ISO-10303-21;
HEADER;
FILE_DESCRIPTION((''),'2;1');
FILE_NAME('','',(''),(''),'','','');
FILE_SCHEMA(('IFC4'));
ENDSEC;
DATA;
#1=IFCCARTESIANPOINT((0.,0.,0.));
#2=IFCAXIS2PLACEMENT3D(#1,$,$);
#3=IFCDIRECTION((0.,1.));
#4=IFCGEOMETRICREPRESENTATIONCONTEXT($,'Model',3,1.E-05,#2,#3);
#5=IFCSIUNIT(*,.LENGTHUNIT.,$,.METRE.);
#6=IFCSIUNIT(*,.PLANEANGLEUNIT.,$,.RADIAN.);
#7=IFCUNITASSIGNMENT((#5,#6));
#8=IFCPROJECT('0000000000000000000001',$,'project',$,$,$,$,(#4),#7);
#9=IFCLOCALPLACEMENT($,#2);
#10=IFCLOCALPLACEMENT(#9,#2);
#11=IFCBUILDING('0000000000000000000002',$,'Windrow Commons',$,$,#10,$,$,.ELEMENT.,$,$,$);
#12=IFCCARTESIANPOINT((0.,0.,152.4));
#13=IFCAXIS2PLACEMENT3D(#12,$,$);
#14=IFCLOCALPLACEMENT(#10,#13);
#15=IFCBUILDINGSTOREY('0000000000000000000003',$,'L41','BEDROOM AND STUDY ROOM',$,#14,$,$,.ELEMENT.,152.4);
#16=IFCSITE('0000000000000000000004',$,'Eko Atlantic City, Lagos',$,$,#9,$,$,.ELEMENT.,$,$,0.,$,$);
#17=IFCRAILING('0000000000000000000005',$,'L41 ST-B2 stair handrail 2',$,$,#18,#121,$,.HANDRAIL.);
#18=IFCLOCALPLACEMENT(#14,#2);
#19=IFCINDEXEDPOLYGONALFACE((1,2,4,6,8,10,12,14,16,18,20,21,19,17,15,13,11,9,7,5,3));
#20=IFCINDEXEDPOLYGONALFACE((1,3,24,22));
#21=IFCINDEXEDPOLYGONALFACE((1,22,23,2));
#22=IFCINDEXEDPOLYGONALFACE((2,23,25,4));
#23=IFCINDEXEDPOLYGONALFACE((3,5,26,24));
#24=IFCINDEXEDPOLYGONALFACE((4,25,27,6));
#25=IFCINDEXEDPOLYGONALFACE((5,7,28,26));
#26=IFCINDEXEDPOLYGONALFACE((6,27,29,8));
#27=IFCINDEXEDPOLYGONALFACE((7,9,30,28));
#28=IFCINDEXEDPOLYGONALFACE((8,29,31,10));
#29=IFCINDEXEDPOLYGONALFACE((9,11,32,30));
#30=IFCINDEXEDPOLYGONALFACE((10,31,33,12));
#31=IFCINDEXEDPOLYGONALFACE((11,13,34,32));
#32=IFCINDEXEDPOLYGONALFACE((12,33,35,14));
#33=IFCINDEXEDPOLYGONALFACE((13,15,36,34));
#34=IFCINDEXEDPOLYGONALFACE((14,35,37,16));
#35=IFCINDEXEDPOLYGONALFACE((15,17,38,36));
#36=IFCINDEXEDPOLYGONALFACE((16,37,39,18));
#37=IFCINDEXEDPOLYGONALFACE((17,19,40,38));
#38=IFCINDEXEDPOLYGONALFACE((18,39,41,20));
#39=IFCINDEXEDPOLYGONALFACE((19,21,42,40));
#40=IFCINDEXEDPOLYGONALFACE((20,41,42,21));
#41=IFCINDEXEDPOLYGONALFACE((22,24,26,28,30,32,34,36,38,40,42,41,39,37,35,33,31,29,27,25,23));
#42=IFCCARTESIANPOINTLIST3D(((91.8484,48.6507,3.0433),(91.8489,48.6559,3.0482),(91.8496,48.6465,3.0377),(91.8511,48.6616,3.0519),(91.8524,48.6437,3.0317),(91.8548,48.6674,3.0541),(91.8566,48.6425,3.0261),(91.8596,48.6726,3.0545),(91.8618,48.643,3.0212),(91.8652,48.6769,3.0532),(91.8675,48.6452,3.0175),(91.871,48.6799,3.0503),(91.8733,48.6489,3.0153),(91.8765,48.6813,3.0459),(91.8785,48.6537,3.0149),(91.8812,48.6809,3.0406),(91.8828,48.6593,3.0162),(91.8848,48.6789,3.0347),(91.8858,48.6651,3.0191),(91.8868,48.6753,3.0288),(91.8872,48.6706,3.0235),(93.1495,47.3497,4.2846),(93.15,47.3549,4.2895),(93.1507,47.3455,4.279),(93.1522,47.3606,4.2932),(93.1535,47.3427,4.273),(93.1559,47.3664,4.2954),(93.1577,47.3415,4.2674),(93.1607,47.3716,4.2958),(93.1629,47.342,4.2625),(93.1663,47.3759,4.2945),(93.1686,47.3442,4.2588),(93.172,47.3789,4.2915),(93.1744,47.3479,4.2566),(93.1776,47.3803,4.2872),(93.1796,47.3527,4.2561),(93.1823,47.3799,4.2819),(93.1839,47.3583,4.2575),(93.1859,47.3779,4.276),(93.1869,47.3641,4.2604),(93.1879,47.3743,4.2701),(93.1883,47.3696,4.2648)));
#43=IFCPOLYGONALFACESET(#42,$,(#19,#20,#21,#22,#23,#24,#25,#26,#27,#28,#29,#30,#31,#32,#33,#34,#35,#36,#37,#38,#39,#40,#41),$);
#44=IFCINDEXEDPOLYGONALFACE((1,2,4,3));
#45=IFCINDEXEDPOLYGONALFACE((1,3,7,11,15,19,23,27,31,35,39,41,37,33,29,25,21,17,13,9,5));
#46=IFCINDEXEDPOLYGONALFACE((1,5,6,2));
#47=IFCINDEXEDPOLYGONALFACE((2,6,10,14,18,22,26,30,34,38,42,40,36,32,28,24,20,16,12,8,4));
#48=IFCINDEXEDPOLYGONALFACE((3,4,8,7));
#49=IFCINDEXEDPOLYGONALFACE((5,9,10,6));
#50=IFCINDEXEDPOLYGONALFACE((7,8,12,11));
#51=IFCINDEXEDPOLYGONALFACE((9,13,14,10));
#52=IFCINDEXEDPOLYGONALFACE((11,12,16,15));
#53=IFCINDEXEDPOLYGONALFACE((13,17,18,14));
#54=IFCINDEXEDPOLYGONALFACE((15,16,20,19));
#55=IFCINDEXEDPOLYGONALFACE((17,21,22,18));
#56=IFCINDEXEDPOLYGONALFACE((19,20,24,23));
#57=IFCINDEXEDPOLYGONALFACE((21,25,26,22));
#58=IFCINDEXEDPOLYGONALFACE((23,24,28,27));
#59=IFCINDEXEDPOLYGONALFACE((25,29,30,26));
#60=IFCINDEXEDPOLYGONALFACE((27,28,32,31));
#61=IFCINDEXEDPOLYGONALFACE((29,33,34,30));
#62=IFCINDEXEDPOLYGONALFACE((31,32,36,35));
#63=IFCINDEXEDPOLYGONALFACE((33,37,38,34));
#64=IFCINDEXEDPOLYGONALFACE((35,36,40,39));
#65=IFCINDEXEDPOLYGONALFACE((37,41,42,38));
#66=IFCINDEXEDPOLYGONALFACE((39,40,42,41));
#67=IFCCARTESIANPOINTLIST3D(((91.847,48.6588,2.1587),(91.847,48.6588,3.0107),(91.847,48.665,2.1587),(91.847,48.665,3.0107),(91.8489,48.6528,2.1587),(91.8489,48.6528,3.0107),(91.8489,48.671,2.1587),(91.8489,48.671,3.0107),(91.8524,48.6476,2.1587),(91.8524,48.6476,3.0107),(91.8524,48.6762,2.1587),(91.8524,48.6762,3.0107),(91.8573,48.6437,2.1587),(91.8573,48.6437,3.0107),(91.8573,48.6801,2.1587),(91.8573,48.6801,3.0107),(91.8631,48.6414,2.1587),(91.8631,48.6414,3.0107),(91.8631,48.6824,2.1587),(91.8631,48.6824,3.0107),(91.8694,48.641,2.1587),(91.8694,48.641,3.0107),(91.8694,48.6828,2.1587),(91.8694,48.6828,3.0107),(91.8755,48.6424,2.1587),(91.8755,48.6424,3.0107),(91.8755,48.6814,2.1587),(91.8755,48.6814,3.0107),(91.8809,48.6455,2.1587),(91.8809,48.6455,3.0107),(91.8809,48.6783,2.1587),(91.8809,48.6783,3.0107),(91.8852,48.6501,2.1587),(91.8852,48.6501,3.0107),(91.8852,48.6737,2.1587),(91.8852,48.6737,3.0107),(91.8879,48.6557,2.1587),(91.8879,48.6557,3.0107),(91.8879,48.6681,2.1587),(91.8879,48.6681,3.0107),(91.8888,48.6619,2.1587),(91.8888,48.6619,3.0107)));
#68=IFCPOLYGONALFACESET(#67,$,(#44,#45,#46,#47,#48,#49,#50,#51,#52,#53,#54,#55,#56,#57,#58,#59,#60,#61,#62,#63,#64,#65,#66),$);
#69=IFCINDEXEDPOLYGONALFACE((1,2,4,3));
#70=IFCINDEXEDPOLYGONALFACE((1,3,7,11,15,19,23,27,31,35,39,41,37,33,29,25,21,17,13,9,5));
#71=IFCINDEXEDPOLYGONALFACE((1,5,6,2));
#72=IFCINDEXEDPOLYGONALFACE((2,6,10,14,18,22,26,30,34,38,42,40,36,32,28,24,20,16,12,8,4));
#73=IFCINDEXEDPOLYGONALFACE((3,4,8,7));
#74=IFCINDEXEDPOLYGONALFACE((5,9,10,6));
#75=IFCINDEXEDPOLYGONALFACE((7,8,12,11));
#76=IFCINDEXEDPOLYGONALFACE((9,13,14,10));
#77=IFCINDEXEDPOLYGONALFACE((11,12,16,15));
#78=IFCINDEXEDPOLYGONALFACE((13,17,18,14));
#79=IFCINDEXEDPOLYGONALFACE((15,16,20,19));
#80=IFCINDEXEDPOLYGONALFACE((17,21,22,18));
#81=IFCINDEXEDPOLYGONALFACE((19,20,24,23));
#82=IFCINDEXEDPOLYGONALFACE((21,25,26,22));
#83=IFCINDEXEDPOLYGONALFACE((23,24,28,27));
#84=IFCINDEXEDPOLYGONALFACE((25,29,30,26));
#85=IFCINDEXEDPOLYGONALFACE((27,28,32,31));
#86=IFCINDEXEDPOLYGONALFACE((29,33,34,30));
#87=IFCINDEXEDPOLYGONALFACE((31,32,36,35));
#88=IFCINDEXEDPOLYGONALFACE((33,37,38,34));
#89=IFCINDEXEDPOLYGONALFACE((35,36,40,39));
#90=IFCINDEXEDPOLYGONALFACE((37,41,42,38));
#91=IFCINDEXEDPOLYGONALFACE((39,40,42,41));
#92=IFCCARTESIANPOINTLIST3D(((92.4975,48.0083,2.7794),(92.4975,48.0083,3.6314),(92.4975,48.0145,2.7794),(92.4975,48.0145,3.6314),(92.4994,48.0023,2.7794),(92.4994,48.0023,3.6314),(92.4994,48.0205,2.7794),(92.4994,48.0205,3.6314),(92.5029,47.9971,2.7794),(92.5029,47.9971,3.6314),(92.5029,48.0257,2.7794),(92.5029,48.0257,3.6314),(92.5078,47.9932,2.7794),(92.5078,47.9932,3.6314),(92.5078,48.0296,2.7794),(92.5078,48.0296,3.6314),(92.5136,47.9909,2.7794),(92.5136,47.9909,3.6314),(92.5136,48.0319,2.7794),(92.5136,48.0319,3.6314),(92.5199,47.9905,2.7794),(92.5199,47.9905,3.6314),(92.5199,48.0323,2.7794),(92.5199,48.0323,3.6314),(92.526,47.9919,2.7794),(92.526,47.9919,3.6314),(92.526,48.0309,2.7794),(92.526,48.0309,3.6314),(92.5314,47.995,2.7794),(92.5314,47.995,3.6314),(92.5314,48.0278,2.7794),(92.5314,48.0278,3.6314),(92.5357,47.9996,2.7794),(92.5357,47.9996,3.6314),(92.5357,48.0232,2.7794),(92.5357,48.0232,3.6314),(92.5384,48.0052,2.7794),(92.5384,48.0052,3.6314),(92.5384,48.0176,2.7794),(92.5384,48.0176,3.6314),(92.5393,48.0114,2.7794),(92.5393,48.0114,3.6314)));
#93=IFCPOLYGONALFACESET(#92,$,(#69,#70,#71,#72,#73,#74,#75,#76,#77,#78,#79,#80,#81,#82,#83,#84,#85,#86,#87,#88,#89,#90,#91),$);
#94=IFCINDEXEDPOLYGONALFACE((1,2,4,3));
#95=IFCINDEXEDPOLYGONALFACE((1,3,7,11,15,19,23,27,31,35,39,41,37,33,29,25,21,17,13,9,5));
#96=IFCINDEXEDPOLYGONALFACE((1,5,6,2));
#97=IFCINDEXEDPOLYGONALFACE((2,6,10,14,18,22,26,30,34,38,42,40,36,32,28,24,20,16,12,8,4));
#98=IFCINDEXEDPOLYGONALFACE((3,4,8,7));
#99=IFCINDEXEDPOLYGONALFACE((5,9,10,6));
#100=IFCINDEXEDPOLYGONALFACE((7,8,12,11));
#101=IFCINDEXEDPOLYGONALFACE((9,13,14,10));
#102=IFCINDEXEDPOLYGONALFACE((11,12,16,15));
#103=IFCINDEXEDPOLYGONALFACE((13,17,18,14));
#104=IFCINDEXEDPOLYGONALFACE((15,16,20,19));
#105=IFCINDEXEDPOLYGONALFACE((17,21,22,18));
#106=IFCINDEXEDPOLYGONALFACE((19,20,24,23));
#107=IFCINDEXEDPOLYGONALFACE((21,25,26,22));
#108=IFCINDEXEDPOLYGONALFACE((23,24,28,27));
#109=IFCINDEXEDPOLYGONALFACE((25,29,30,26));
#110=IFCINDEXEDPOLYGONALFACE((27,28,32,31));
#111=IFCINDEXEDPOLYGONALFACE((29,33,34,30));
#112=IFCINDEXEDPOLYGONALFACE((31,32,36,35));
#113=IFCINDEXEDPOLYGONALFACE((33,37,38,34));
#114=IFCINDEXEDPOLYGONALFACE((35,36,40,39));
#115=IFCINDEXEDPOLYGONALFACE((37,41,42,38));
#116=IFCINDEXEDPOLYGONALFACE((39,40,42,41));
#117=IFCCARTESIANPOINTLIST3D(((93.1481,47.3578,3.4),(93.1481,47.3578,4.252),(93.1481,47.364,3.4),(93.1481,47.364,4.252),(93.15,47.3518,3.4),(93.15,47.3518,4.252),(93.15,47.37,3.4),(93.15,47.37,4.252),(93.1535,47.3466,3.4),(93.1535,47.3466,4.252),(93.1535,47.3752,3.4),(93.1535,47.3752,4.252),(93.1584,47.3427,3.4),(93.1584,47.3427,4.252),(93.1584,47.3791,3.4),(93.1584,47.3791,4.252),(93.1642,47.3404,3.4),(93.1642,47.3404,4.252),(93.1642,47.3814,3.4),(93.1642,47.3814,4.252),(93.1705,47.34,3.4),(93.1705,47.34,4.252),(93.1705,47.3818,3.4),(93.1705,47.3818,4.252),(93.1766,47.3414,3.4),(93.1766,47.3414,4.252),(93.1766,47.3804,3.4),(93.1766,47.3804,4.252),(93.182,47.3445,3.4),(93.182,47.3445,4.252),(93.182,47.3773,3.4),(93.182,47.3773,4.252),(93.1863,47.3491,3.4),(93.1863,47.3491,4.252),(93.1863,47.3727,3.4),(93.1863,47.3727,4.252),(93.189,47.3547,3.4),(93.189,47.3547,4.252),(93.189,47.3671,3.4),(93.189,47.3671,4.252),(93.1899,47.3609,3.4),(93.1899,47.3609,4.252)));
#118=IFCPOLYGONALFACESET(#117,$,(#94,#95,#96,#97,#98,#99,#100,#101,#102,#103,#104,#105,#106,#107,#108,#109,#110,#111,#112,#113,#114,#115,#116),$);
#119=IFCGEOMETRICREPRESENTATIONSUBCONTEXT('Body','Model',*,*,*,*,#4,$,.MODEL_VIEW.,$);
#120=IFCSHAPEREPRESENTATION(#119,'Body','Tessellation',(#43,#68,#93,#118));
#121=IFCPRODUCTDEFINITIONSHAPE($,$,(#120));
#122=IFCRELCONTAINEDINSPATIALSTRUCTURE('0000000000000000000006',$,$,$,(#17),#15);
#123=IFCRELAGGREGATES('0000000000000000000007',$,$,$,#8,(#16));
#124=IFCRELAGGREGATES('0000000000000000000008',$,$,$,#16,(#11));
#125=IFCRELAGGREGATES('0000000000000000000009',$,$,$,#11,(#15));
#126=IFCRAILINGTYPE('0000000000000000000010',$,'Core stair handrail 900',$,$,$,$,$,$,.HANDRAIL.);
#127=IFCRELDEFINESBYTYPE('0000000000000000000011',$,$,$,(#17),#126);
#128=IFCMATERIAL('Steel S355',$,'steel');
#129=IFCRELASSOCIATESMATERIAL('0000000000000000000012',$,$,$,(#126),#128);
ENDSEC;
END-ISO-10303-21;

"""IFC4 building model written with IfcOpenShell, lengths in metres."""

from ifc_helpers import new_model, si_unit, direction, frame, origin, origin_2d, place, context, subcontext, project, spatial, circle, extrude, material, type_object, element, save


model = new_model("IFC4")

# Units and contexts
model_context = context("Model", 3, precision=1e-05, world=origin(), true_north=direction((0.0, 1.0)))
body_context = subcontext(model_context, "Body", "Model", "MODEL_VIEW")
ifc_project = project(units=[si_unit("LENGTHUNIT", "METRE"), si_unit("PLANEANGLEUNIT", "RADIAN")], contexts=[model_context])

# Site, building, storey
site_placement = place(None, origin())
site = spatial("IfcSite", under=ifc_project, at=site_placement, Name="Eko Atlantic City, Lagos", CompositionType="ELEMENT", RefElevation=0.0)
building_placement = place(site_placement, origin())
building = spatial("IfcBuilding", under=site, at=building_placement, Name="Windrow Commons", CompositionType="ELEMENT")
storey_placement = place(building_placement, frame((0.0, 0.0, 152.4)))
storey = spatial("IfcBuildingStorey", under=building, at=storey_placement, Name="L41", Description="BEDROOM AND STUDY ROOM", CompositionType="ELEMENT", Elevation=152.4)

# Railing
ifc_material_1 = material(Name="Steel S355", Category="steel")
railing_type = type_object("IfcRailingType", Name="Core stair handrail 900", PredefinedType="HANDRAIL", material=ifc_material_1)
railing_placement = place(storey_placement, frame((91.8678, 48.6619, 2.1587)))
element("IfcRailing", 1, at=railing_placement, inside=storey, type_object=railing_type, Name="L41 ST-B2 stair handrail 2", PredefinedType="HANDRAIL", context=body_context, shape_type="SweptSolid", body=[
    extrude(circle(Radius=0.024, at=origin_2d()), frame((0.0, 0.0, 0.876), z_axis=(0.586207, -0.586162, 0.559264), x_axis=(0.70708, 0.707134, 0.0)), (0.0, 0.0, 1.0), 2.2195),
    extrude(circle(Radius=0.021, at=origin_2d()), origin(), (0.0, 0.0, 1.0), 0.852),
    extrude(circle(Radius=0.021, at=origin_2d()), frame((0.6505, -0.6505, 0.6207)), (0.0, 0.0, 1.0), 0.852),
    extrude(circle(Radius=0.021, at=origin_2d()), frame((1.3011, -1.301, 1.2413)), (0.0, 0.0, 1.0), 0.852),
])

save(model, "model.ifc")
